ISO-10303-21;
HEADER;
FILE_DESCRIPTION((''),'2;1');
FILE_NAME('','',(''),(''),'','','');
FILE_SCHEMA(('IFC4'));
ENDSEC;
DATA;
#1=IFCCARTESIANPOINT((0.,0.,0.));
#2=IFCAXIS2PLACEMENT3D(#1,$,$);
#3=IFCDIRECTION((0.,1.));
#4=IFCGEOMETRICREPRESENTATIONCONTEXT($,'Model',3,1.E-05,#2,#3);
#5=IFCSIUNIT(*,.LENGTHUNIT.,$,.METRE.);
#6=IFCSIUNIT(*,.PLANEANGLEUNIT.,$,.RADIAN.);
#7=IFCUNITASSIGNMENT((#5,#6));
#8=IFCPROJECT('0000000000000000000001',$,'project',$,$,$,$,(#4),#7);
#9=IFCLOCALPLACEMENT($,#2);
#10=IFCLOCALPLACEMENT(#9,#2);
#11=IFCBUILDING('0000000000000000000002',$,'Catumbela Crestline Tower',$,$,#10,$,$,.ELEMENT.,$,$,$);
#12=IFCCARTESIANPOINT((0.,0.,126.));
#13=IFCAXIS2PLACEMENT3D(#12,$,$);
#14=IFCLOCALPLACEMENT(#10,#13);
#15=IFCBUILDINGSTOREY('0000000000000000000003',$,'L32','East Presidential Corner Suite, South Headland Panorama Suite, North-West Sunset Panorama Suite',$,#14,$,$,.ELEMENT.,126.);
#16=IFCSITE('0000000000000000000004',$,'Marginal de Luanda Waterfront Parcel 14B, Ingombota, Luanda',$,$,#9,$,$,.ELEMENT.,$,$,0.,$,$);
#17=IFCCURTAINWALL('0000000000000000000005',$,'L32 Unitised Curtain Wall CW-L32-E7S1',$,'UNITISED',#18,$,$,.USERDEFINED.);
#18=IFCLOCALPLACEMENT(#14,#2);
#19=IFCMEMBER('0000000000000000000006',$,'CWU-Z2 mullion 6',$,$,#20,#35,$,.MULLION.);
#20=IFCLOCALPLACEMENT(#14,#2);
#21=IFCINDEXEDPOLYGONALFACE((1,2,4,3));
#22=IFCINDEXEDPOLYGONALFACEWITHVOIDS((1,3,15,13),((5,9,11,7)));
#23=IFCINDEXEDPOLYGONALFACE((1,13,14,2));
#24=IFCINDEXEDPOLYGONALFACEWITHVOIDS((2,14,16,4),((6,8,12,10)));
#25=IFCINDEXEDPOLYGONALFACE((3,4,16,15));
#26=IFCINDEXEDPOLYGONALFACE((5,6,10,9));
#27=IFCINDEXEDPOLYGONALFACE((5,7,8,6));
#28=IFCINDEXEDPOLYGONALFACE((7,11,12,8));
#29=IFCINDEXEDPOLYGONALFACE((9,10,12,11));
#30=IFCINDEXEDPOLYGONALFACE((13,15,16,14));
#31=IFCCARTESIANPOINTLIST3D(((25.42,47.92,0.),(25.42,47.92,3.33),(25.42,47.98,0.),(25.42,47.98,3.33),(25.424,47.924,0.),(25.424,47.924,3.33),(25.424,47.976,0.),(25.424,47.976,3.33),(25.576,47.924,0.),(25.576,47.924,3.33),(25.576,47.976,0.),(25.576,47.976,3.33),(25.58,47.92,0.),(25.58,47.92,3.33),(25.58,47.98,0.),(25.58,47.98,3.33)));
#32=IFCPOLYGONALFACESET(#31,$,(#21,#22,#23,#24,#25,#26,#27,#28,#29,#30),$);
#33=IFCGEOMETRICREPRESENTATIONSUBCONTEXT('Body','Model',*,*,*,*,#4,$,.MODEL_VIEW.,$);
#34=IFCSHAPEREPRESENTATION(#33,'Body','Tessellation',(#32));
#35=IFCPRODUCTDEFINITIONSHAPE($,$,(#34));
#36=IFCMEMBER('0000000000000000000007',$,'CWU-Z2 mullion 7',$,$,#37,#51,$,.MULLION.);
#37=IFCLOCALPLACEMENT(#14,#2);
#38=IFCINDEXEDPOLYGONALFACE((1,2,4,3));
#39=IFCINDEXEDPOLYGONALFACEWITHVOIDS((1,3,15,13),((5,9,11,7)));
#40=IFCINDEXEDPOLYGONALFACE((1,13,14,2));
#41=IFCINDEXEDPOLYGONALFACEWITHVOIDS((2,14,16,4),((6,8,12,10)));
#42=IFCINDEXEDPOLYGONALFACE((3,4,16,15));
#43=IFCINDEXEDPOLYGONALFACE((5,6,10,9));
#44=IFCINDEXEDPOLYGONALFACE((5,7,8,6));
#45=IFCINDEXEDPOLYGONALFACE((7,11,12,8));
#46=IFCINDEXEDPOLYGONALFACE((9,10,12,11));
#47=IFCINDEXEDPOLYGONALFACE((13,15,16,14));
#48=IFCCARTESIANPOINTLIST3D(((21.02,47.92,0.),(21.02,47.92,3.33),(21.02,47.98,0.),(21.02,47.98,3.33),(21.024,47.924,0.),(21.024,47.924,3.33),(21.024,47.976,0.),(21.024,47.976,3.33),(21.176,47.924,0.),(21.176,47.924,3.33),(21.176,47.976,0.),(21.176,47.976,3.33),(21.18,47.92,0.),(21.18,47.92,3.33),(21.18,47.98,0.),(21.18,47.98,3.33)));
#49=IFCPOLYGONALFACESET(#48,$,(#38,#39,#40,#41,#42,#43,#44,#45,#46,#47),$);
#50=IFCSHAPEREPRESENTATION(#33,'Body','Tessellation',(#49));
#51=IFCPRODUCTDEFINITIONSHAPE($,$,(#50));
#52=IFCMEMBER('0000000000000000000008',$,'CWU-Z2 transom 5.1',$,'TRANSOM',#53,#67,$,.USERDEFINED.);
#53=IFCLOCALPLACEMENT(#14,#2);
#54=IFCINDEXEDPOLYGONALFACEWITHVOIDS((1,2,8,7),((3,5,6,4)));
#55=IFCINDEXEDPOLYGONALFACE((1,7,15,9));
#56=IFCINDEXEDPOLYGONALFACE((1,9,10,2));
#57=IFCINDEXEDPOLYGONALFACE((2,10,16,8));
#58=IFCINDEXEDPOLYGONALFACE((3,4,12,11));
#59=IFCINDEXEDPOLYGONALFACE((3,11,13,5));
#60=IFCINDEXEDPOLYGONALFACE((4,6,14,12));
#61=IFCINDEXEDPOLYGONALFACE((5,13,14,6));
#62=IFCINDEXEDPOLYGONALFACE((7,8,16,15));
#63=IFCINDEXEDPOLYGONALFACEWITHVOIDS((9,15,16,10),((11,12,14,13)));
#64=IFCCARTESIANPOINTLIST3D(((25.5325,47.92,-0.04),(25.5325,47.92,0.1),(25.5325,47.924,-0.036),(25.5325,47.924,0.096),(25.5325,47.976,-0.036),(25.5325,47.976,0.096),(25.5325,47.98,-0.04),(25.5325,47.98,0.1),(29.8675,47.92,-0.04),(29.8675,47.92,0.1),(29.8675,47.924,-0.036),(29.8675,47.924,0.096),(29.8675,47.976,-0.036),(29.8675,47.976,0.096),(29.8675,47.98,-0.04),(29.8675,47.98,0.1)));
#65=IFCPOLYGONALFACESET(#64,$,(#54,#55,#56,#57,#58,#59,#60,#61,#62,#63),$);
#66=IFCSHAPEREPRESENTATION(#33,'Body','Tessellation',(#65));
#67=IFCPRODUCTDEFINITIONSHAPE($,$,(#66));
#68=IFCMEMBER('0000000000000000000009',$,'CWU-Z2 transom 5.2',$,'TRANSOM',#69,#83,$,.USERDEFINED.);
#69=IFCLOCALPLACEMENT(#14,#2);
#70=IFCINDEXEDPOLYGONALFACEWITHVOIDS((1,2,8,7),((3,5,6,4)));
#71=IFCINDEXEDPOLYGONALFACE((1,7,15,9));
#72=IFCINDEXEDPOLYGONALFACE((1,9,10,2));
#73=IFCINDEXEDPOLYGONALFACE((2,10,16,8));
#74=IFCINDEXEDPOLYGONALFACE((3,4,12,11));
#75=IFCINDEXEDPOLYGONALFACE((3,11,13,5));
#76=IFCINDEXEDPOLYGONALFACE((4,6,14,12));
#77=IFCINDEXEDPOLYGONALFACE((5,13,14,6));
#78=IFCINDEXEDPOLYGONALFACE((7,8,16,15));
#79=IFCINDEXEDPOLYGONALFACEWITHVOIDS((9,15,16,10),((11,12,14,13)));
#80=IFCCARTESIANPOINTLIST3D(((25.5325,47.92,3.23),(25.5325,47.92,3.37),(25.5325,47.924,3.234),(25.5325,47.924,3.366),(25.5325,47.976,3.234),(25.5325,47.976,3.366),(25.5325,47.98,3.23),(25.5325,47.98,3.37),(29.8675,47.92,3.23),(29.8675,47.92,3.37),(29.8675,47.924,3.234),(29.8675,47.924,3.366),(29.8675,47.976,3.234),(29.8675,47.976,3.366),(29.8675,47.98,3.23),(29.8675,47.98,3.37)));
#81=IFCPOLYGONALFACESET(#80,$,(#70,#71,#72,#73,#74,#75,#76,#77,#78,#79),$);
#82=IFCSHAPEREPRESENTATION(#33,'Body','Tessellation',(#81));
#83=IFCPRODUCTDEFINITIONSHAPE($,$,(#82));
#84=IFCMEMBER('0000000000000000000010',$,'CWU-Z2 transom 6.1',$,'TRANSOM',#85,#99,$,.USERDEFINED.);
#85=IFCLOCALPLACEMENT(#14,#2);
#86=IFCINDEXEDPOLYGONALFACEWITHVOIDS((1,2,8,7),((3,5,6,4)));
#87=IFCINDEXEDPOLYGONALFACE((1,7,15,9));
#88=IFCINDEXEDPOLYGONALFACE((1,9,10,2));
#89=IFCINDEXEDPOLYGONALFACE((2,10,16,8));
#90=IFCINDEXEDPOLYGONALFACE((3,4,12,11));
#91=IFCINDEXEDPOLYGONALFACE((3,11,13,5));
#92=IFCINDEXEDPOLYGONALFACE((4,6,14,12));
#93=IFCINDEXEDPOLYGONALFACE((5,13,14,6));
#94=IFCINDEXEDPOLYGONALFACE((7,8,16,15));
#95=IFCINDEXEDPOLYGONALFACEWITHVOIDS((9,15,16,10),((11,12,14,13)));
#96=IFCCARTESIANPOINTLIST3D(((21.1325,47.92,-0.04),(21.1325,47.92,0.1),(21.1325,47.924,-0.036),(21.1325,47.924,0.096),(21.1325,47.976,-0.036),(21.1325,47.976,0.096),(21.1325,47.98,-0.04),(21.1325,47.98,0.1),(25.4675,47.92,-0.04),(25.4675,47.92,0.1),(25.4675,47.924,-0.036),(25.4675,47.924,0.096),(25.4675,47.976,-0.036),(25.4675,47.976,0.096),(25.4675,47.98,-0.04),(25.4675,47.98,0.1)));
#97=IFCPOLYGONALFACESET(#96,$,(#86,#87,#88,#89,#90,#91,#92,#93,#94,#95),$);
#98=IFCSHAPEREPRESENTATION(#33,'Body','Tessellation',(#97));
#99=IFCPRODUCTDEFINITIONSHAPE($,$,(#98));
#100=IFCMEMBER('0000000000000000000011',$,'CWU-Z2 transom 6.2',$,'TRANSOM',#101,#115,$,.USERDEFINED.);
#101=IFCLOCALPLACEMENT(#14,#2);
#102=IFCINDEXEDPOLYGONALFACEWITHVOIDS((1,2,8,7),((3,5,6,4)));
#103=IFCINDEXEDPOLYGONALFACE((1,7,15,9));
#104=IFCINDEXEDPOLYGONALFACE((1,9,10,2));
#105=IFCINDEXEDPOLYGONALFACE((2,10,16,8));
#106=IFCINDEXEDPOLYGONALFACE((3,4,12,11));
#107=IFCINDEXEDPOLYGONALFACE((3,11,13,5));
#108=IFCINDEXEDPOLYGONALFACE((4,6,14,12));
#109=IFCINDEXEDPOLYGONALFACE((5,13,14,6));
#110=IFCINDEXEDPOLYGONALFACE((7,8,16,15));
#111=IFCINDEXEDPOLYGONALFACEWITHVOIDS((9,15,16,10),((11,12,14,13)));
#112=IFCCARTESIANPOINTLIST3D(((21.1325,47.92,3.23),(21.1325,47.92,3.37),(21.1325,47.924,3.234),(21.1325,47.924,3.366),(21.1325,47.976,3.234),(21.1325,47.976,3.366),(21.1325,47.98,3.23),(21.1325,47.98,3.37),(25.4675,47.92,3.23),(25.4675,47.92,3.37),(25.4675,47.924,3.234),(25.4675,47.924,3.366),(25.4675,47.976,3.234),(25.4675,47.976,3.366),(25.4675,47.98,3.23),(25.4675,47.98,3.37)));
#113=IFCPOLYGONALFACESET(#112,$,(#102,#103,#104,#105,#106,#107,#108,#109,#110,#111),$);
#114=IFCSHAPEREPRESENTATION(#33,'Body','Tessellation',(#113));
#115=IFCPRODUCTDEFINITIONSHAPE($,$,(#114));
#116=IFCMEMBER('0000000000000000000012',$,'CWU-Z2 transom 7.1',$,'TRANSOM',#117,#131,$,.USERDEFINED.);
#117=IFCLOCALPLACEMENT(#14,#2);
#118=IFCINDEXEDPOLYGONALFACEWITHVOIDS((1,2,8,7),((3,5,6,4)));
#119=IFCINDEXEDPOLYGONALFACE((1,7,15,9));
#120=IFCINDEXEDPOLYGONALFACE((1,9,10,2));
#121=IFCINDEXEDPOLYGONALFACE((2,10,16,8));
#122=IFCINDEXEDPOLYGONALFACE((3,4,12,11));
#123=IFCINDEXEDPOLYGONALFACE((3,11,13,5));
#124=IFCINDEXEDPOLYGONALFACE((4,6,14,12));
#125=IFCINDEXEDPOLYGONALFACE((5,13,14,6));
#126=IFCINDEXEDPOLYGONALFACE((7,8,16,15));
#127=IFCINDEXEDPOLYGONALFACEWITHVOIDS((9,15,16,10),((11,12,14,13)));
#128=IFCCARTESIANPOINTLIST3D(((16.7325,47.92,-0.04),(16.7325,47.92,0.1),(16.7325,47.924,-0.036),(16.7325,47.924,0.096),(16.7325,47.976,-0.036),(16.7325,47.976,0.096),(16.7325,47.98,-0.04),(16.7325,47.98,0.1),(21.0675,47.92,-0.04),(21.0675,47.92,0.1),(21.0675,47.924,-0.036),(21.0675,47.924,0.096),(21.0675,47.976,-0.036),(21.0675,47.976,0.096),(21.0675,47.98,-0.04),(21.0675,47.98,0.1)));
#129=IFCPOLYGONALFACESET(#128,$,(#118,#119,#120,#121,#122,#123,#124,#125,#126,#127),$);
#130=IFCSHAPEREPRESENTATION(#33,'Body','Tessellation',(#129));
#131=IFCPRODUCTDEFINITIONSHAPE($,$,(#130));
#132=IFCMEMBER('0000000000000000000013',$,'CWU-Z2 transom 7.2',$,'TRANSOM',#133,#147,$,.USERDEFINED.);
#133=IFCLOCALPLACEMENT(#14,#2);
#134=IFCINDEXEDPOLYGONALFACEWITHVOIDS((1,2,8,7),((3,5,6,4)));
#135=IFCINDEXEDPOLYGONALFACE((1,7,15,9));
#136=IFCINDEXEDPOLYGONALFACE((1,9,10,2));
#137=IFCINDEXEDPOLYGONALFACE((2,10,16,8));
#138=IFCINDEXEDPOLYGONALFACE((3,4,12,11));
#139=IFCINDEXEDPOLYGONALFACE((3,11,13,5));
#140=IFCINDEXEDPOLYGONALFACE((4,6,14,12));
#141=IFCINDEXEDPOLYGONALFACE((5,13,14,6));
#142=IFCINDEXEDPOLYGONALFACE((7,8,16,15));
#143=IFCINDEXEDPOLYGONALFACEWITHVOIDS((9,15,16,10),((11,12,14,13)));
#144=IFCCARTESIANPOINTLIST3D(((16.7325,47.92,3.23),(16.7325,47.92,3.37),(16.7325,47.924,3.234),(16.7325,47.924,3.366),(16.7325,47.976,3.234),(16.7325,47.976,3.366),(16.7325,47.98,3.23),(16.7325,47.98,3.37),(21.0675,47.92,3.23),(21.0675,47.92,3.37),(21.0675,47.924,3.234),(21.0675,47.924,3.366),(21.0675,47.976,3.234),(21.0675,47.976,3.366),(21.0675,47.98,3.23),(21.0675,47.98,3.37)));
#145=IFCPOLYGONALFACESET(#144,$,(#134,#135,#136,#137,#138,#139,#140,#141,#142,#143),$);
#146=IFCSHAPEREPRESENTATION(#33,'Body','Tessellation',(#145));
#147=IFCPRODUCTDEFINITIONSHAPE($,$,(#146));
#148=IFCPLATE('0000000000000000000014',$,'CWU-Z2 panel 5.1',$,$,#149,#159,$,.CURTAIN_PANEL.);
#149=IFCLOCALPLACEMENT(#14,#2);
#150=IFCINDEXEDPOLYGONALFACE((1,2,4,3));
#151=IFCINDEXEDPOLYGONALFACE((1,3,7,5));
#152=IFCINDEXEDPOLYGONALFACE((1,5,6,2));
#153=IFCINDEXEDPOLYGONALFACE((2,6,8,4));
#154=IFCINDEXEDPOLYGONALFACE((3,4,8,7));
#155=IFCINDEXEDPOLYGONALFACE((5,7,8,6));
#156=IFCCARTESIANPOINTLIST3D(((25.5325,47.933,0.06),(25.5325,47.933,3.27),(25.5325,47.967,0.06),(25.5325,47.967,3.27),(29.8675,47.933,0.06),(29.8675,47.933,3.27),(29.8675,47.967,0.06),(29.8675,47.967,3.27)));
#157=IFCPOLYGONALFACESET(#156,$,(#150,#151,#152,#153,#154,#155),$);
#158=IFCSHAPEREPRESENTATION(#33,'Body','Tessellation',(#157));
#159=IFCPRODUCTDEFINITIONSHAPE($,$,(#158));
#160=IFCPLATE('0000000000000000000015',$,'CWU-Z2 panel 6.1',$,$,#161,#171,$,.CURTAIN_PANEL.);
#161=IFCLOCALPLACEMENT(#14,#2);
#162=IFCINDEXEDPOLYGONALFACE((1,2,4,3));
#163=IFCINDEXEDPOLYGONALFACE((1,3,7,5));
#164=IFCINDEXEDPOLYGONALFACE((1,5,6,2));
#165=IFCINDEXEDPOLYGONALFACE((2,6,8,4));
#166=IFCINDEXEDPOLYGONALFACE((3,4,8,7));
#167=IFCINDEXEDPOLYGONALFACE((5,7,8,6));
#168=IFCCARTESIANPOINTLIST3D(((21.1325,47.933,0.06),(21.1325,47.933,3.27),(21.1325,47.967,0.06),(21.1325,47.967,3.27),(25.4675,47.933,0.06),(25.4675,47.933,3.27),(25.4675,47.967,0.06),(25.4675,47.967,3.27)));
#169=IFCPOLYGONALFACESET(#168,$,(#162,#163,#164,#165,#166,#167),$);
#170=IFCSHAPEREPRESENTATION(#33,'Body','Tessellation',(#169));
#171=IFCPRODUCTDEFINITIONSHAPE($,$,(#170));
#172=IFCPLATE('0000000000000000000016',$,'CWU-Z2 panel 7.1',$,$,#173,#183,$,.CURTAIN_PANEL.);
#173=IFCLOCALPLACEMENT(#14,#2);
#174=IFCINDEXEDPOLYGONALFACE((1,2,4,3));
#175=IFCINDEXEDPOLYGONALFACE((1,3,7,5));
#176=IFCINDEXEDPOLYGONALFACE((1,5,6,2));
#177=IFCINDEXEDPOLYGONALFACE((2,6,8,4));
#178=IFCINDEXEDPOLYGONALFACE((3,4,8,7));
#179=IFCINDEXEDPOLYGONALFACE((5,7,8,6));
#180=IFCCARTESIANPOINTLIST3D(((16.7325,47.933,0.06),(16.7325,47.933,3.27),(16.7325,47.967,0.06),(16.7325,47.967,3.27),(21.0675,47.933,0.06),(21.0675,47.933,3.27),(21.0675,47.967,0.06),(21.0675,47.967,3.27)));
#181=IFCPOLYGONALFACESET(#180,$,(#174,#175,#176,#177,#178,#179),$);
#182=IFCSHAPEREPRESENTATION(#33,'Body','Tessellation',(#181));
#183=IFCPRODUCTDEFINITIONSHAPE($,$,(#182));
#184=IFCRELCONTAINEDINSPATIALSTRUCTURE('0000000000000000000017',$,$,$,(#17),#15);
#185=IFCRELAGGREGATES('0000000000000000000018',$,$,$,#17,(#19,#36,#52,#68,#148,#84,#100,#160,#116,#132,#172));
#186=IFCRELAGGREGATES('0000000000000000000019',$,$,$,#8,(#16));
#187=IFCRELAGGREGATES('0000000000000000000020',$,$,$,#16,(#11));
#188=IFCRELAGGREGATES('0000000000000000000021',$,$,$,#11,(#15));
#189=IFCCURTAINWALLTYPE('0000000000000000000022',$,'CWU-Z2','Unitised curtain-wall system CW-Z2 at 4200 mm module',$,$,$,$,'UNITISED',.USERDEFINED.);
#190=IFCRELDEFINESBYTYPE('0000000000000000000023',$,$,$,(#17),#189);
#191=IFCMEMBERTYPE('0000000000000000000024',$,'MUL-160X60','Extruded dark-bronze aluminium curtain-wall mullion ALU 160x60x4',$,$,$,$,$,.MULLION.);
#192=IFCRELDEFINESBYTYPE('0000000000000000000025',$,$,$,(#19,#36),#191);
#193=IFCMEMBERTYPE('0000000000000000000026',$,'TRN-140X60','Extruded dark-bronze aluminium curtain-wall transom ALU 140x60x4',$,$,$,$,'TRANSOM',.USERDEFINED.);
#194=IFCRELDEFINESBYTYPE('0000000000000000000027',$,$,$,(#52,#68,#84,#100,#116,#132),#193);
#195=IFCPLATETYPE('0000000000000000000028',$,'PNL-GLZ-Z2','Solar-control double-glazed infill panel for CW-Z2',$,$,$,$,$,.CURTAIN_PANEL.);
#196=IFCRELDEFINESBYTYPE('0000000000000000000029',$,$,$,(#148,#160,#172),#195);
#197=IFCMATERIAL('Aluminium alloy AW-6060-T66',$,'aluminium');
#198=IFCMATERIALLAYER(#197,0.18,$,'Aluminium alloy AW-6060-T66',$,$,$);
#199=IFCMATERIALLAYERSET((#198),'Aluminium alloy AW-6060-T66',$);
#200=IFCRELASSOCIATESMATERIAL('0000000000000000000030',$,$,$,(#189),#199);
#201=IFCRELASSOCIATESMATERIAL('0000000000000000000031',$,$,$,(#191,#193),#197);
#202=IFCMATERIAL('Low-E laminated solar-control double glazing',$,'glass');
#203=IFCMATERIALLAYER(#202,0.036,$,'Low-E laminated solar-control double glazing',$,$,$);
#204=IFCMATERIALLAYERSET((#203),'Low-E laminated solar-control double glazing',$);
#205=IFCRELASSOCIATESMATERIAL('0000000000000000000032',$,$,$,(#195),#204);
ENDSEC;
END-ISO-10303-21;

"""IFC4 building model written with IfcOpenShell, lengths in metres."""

from ifc_helpers import new_model, si_unit, direction, frame, origin, origin_2d, place, context, subcontext, project, spatial, rectangle, hollow_rectangle, extrude, material, layer, layer_set, material_profile, profile_set, type_object, element, aggregate, save


model = new_model("IFC4")

# Units and contexts
model_context = context("Model", 3, precision=1e-05, world=origin(), true_north=direction((0.0, 1.0)))
body_context = subcontext(model_context, "Body", "Model", "MODEL_VIEW")
ifc_project = project(units=[si_unit("LENGTHUNIT", "METRE"), si_unit("PLANEANGLEUNIT", "RADIAN")], contexts=[model_context])

# Site, building, storey
site_placement = place(None, origin())
site = spatial("IfcSite", under=ifc_project, at=site_placement, Name="Marginal de Luanda Waterfront Parcel 14B, Ingombota, Luanda", CompositionType="ELEMENT", RefElevation=0.0)
building_placement = place(site_placement, origin())
building = spatial("IfcBuilding", under=site, at=building_placement, Name="Catumbela Crestline Tower", CompositionType="ELEMENT")
storey_placement = place(building_placement, frame((0.0, 0.0, 126.0)))
storey = spatial("IfcBuildingStorey", under=building, at=storey_placement, Name="L32", Description="East Presidential Corner Suite, South Headland Panorama Suite, North-West Sunset Panorama Suite", CompositionType="ELEMENT", Elevation=126.0)

# Curtain wall, members, plates
ifc_material_1 = material(Name="Aluminium alloy AW-6060-T66", Category="aluminium")
ifc_layer_1 = layer(ifc_material_1, 0.18, Name="Aluminium alloy AW-6060-T66")
ifc_layer_set_1 = layer_set([ifc_layer_1], Name="Aluminium alloy AW-6060-T66")
curtain_wall_type = type_object("IfcCurtainWallType", Name="CWU-Z2", Description="Unitised curtain-wall system CW-Z2 at 4200 mm module", ElementType="UNITISED", PredefinedType="USERDEFINED", material=ifc_layer_set_1)
curtain_wall_placement = place(storey_placement, origin())
curtain_wall = element("IfcCurtainWall", 1, at=curtain_wall_placement, inside=storey, type_object=curtain_wall_type, Name="L32 Unitised Curtain Wall CW-L32-E7S1", ObjectType="UNITISED", PredefinedType="USERDEFINED")
ifc_material_profile_1 = material_profile(ifc_material_1, hollow_rectangle(XDim=0.06, YDim=0.16, WallThickness=0.004, at=origin_2d()), Name="ALU 160x60x4")
ifc_profile_set_1 = profile_set([ifc_material_profile_1], Name="Aluminium alloy AW-6060-T66")
member_type_1 = type_object("IfcMemberType", Name="MUL-160X60", Description="Extruded dark-bronze aluminium curtain-wall mullion ALU 160x60x4", PredefinedType="MULLION", material=ifc_profile_set_1)
member_1_placement = place(storey_placement, frame((25.5, 47.95, 0.0), z_axis=(0.0, 0.0, 1.0), x_axis=(0.0, -1.0, 0.0)))
member_1 = element("IfcMember", 2, at=member_1_placement, type_object=member_type_1, Name="CWU-Z2 mullion 6", PredefinedType="MULLION", context=body_context, shape_type="SweptSolid", body=[
    extrude(hollow_rectangle(XDim=0.06, YDim=0.16, WallThickness=0.004, at=origin_2d()), origin(), (0.0, 0.0, 1.0), 3.33),
])
member_2_placement = place(storey_placement, frame((21.1, 47.95, 0.0), z_axis=(0.0, 0.0, 1.0), x_axis=(0.0, -1.0, 0.0)))
member_2 = element("IfcMember", 3, at=member_2_placement, type_object=member_type_1, Name="CWU-Z2 mullion 7", PredefinedType="MULLION", context=body_context, shape_type="SweptSolid", body=[
    extrude(hollow_rectangle(XDim=0.06, YDim=0.16, WallThickness=0.004, at=origin_2d()), origin(), (0.0, 0.0, 1.0), 3.33),
])
ifc_material_profile_2 = material_profile(ifc_material_1, hollow_rectangle(XDim=0.06, YDim=0.14, WallThickness=0.004, at=origin_2d()), Name="ALU 140x60x4")
ifc_profile_set_2 = profile_set([ifc_material_profile_2], Name="Aluminium alloy AW-6060-T66")
member_type_2 = type_object("IfcMemberType", Name="TRN-140X60", Description="Extruded dark-bronze aluminium curtain-wall transom ALU 140x60x4", ElementType="TRANSOM", PredefinedType="USERDEFINED", material=ifc_profile_set_2)
member_3_placement = place(storey_placement, frame((29.8675, 47.95, 0.03), z_axis=(-1.0, 0.0, 0.0), x_axis=(0.0, -1.0, 0.0)))
member_3 = element("IfcMember", 4, at=member_3_placement, type_object=member_type_2, Name="CWU-Z2 transom 5.1", ObjectType="TRANSOM", PredefinedType="USERDEFINED", context=body_context, shape_type="SweptSolid", body=[
    extrude(hollow_rectangle(XDim=0.06, YDim=0.14, WallThickness=0.004, at=origin_2d()), origin(), (0.0, 0.0, 1.0), 4.335),
])
member_4_placement = place(storey_placement, frame((29.8675, 47.95, 3.3), z_axis=(-1.0, 0.0, 0.0), x_axis=(0.0, -1.0, 0.0)))
member_4 = element("IfcMember", 5, at=member_4_placement, type_object=member_type_2, Name="CWU-Z2 transom 5.2", ObjectType="TRANSOM", PredefinedType="USERDEFINED", context=body_context, shape_type="SweptSolid", body=[
    extrude(hollow_rectangle(XDim=0.06, YDim=0.14, WallThickness=0.004, at=origin_2d()), origin(), (0.0, 0.0, 1.0), 4.335),
])
member_5_placement = place(storey_placement, frame((25.4675, 47.95, 0.03), z_axis=(-1.0, 0.0, 0.0), x_axis=(0.0, -1.0, 0.0)))
member_5 = element("IfcMember", 6, at=member_5_placement, type_object=member_type_2, Name="CWU-Z2 transom 6.1", ObjectType="TRANSOM", PredefinedType="USERDEFINED", context=body_context, shape_type="SweptSolid", body=[
    extrude(hollow_rectangle(XDim=0.06, YDim=0.14, WallThickness=0.004, at=origin_2d()), origin(), (0.0, 0.0, 1.0), 4.335),
])
member_6_placement = place(storey_placement, frame((25.4675, 47.95, 3.3), z_axis=(-1.0, 0.0, 0.0), x_axis=(0.0, -1.0, 0.0)))
member_6 = element("IfcMember", 7, at=member_6_placement, type_object=member_type_2, Name="CWU-Z2 transom 6.2", ObjectType="TRANSOM", PredefinedType="USERDEFINED", context=body_context, shape_type="SweptSolid", body=[
    extrude(hollow_rectangle(XDim=0.06, YDim=0.14, WallThickness=0.004, at=origin_2d()), origin(), (0.0, 0.0, 1.0), 4.335),
])
member_7_placement = place(storey_placement, frame((21.0675, 47.95, 0.03), z_axis=(-1.0, 0.0, 0.0), x_axis=(0.0, -1.0, 0.0)))
member_7 = element("IfcMember", 8, at=member_7_placement, type_object=member_type_2, Name="CWU-Z2 transom 7.1", ObjectType="TRANSOM", PredefinedType="USERDEFINED", context=body_context, shape_type="SweptSolid", body=[
    extrude(hollow_rectangle(XDim=0.06, YDim=0.14, WallThickness=0.004, at=origin_2d()), origin(), (0.0, 0.0, 1.0), 4.335),
])
member_8_placement = place(storey_placement, frame((21.0675, 47.95, 3.3), z_axis=(-1.0, 0.0, 0.0), x_axis=(0.0, -1.0, 0.0)))
member_8 = element("IfcMember", 9, at=member_8_placement, type_object=member_type_2, Name="CWU-Z2 transom 7.2", ObjectType="TRANSOM", PredefinedType="USERDEFINED", context=body_context, shape_type="SweptSolid", body=[
    extrude(hollow_rectangle(XDim=0.06, YDim=0.14, WallThickness=0.004, at=origin_2d()), origin(), (0.0, 0.0, 1.0), 4.335),
])
ifc_material_2 = material(Name="Low-E laminated solar-control double glazing", Category="glass")
ifc_layer_2 = layer(ifc_material_2, 0.036, Name="Low-E laminated solar-control double glazing")
ifc_layer_set_2 = layer_set([ifc_layer_2], Name="Low-E laminated solar-control double glazing")
plate_type = type_object("IfcPlateType", Name="PNL-GLZ-Z2", Description="Solar-control double-glazed infill panel for CW-Z2", PredefinedType="CURTAIN_PANEL", material=ifc_layer_set_2)
plate_1_placement = place(storey_placement, frame((27.7, 47.95, 0.06), z_axis=(0.0, 0.0, 1.0), x_axis=(-1.0, 0.0, 0.0)))
plate_1 = element("IfcPlate", 10, at=plate_1_placement, type_object=plate_type, Name="CWU-Z2 panel 5.1", PredefinedType="CURTAIN_PANEL", context=body_context, shape_type="SweptSolid", body=[
    extrude(rectangle(XDim=4.335, YDim=0.034, at=origin_2d()), origin(), (0.0, 0.0, 1.0), 3.21),
])
plate_2_placement = place(storey_placement, frame((23.3, 47.95, 0.06), z_axis=(0.0, 0.0, 1.0), x_axis=(-1.0, 0.0, 0.0)))
plate_2 = element("IfcPlate", 11, at=plate_2_placement, type_object=plate_type, Name="CWU-Z2 panel 6.1", PredefinedType="CURTAIN_PANEL", context=body_context, shape_type="SweptSolid", body=[
    extrude(rectangle(XDim=4.335, YDim=0.034, at=origin_2d()), origin(), (0.0, 0.0, 1.0), 3.21),
])
plate_3_placement = place(storey_placement, frame((18.9, 47.95, 0.06), z_axis=(0.0, 0.0, 1.0), x_axis=(-1.0, 0.0, 0.0)))
plate_3 = element("IfcPlate", 12, at=plate_3_placement, type_object=plate_type, Name="CWU-Z2 panel 7.1", PredefinedType="CURTAIN_PANEL", context=body_context, shape_type="SweptSolid", body=[
    extrude(rectangle(XDim=4.335, YDim=0.034, at=origin_2d()), origin(), (0.0, 0.0, 1.0), 3.21),
])
aggregate(curtain_wall, [member_1, member_2, member_3, member_4, plate_1, member_5, member_6, plate_2, member_7, member_8, plate_3])

save(model, "model.ifc")
